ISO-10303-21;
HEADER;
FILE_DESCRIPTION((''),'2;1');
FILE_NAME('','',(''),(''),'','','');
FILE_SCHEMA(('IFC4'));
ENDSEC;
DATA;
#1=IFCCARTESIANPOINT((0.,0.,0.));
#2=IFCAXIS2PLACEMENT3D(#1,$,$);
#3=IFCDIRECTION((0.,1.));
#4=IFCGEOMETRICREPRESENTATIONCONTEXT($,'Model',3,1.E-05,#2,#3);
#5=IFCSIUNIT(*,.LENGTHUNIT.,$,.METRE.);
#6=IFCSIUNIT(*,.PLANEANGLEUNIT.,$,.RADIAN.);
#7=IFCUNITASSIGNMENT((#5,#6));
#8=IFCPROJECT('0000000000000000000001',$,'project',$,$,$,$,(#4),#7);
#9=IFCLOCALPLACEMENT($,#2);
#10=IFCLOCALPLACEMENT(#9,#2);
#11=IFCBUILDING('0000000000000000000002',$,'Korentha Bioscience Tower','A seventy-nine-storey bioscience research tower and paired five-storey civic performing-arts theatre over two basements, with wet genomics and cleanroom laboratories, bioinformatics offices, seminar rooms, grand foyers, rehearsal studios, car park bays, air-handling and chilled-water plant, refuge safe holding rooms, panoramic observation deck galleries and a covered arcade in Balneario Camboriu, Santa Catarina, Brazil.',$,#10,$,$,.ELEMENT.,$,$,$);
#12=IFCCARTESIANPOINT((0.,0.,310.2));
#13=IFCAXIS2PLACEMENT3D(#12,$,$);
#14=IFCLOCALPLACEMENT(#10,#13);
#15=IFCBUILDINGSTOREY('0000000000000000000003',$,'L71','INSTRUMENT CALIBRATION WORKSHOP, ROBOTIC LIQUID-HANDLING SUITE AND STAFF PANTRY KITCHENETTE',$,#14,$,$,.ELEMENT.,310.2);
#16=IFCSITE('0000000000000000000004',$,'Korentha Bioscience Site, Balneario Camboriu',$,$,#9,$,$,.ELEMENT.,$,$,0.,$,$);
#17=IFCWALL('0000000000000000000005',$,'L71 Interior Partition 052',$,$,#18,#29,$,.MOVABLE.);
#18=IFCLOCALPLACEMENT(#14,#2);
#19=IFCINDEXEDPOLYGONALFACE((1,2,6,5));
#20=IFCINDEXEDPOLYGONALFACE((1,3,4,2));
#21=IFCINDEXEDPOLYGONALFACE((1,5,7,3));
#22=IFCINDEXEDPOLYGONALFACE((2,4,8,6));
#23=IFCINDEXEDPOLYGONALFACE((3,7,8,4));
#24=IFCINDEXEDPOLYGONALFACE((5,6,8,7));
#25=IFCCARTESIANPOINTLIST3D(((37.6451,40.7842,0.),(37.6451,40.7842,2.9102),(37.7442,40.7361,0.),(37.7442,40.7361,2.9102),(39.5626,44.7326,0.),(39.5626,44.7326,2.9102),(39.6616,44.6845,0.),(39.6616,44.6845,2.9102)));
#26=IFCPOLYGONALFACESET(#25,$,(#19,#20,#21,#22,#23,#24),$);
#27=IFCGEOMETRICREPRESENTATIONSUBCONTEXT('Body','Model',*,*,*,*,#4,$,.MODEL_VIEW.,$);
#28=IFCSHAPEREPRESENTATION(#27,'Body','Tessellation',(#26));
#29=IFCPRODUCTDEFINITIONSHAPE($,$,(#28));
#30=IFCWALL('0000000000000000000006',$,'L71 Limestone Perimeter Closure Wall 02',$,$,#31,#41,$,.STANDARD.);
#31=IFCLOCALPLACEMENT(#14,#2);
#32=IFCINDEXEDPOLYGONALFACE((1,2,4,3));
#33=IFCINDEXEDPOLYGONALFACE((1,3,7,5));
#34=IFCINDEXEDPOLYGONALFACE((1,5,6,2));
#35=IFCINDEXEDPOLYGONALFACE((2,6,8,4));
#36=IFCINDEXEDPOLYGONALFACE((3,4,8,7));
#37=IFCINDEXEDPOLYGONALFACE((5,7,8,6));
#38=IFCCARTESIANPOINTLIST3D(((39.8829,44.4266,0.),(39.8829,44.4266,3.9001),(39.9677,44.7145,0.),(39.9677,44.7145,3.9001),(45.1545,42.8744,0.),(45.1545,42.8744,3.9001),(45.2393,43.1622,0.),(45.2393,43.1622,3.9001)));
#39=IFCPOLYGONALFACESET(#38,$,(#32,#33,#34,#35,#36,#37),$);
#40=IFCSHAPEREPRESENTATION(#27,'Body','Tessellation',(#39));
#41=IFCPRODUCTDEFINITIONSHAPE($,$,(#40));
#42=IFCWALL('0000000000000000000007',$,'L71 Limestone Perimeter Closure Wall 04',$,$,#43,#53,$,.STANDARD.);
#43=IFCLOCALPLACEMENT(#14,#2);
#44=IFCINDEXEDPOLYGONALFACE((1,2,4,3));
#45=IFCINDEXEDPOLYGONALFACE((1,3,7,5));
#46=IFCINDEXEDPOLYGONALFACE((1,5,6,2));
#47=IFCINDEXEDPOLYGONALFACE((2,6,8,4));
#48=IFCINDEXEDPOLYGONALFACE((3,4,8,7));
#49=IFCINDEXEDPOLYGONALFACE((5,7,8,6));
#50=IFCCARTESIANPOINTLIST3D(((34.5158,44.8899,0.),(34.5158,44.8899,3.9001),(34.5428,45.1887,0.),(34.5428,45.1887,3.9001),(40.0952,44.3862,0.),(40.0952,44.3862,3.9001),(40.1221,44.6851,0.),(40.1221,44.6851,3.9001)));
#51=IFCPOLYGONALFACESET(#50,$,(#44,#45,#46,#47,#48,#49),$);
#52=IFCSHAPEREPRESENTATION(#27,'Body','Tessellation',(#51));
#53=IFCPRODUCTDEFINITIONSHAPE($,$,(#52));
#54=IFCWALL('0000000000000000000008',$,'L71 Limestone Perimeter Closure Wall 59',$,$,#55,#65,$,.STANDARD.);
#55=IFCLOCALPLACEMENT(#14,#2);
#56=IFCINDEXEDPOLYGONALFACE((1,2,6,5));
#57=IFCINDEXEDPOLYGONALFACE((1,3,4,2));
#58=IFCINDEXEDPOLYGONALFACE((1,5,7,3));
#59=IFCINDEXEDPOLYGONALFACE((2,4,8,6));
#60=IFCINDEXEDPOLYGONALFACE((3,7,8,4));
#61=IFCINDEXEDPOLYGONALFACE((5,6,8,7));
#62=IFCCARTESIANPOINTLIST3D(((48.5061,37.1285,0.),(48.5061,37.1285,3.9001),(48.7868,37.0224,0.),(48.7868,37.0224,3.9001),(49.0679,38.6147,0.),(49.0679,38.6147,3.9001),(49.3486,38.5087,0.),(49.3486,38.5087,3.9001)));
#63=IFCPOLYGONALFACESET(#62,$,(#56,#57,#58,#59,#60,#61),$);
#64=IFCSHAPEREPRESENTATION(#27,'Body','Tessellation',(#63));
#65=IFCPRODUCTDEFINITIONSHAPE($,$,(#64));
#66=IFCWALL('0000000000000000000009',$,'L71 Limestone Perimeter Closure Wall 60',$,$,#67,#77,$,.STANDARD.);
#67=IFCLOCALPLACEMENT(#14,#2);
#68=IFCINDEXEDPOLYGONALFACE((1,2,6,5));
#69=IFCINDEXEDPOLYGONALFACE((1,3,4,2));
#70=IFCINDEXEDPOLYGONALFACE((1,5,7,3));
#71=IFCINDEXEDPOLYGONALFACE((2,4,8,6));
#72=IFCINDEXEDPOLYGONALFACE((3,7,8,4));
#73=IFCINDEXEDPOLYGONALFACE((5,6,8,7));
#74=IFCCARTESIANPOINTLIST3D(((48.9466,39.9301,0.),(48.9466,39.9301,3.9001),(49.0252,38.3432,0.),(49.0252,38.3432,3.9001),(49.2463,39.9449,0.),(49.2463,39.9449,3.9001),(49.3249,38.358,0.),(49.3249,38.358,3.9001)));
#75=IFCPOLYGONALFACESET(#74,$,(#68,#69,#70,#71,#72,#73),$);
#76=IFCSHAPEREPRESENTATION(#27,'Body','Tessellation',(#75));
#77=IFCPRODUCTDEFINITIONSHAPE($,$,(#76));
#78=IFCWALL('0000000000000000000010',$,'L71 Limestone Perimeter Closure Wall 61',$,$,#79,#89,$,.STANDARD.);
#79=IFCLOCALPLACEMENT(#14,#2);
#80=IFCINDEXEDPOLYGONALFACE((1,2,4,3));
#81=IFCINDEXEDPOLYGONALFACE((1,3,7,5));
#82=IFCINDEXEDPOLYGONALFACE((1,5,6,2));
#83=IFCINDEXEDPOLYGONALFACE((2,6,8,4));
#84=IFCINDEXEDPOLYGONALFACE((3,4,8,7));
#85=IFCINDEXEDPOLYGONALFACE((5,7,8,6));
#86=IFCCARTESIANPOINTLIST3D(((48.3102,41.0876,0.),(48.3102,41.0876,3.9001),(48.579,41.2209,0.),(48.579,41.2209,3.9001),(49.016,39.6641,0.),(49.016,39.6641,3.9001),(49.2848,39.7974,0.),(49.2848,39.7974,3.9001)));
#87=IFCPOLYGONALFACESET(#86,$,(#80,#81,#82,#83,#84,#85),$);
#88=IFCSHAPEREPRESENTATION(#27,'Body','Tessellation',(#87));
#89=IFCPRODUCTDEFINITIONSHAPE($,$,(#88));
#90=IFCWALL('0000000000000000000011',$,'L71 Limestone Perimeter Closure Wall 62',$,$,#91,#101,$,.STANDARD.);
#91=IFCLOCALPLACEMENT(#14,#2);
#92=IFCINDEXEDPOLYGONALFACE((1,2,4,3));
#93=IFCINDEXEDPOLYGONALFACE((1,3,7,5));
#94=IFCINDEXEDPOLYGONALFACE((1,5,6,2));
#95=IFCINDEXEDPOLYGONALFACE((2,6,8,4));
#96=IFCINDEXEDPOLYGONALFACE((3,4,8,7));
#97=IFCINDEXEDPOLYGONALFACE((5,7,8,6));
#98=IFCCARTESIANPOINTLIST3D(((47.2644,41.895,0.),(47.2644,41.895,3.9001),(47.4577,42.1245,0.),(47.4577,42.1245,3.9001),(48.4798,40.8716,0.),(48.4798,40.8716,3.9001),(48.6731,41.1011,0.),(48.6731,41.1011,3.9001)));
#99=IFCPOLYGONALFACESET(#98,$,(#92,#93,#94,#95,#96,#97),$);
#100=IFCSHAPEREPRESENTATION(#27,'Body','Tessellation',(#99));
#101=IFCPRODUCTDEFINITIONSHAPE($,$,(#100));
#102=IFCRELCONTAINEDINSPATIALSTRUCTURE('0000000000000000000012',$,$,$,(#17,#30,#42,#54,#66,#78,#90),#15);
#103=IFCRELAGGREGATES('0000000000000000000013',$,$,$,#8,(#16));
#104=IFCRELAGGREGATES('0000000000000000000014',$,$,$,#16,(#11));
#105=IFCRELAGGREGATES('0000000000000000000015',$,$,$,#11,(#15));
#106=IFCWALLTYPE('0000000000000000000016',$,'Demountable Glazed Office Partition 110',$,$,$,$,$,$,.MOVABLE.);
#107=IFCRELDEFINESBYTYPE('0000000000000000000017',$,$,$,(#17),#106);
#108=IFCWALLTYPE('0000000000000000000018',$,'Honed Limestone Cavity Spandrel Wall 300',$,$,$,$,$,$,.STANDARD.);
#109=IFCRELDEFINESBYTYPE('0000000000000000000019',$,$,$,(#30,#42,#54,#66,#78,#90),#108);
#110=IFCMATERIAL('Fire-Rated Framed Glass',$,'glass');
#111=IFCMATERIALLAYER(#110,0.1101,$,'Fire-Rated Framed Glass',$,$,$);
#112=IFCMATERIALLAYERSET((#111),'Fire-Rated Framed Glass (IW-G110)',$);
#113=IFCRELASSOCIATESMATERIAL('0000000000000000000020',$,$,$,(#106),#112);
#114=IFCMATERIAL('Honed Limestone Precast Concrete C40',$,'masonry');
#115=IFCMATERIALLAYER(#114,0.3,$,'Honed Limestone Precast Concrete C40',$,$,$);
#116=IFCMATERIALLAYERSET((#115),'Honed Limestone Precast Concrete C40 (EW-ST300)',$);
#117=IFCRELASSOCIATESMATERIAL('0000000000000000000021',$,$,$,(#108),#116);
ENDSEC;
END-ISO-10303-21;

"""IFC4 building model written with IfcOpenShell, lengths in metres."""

from ifc_helpers import new_model, si_unit, direction, frame, frame_2d, origin, place, context, subcontext, project, spatial, rectangle, extrude, material, layer, layer_set, type_object, element, save


model = new_model("IFC4")

# Units and contexts
model_context = context("Model", 3, precision=1e-05, world=origin(), true_north=direction((0.0, 1.0)))
body_context = subcontext(model_context, "Body", "Model", "MODEL_VIEW")
ifc_project = project(units=[si_unit("LENGTHUNIT", "METRE"), si_unit("PLANEANGLEUNIT", "RADIAN")], contexts=[model_context])

# Site, building, storey
site_placement = place(None, origin())
site = spatial("IfcSite", under=ifc_project, at=site_placement, Name="Korentha Bioscience Site, Balneario Camboriu", CompositionType="ELEMENT", RefElevation=0.0)
building_placement = place(site_placement, origin())
building = spatial("IfcBuilding", under=site, at=building_placement, Name="Korentha Bioscience Tower", Description="A seventy-nine-storey bioscience research tower and paired five-storey civic performing-arts theatre over two basements, with wet genomics and cleanroom laboratories, bioinformatics offices, seminar rooms, grand foyers, rehearsal studios, car park bays, air-handling and chilled-water plant, refuge safe holding rooms, panoramic observation deck galleries and a covered arcade in Balneario Camboriu, Santa Catarina, Brazil.", CompositionType="ELEMENT")
storey_placement = place(building_placement, frame((0.0, 0.0, 310.2)))
storey = spatial("IfcBuildingStorey", under=building, at=storey_placement, Name="L71", Description="INSTRUMENT CALIBRATION WORKSHOP, ROBOTIC LIQUID-HANDLING SUITE AND STAFF PANTRY KITCHENETTE", CompositionType="ELEMENT", Elevation=310.2)

# Walls
ifc_material_1 = material(Name="Fire-Rated Framed Glass", Category="glass")
ifc_layer_1 = layer(ifc_material_1, 0.1101, Name="Fire-Rated Framed Glass")
ifc_layer_set_1 = layer_set([ifc_layer_1], Name="Fire-Rated Framed Glass (IW-G110)")
wall_type_1 = type_object("IfcWallType", Name="Demountable Glazed Office Partition 110", PredefinedType="MOVABLE", material=ifc_layer_set_1)
wall_1_placement = place(storey_placement, frame((37.6946, 40.76, 0.0), z_axis=(0.0, 0.0, 1.0), x_axis=(0.436838, 0.89954, 0.0)))
element("IfcWall", 1, at=wall_1_placement, inside=storey, type_object=wall_type_1, Name="L71 Interior Partition 052", PredefinedType="MOVABLE", context=body_context, shape_type="SweptSolid", body=[
    extrude(rectangle(XDim=4.3894, YDim=0.1101, at=frame_2d((2.1948, 0.0))), origin(), (0.0, 0.0, 1.0), 2.9102),
])
ifc_material_2 = material(Name="Honed Limestone Precast Concrete C40", Category="masonry")
ifc_layer_2 = layer(ifc_material_2, 0.3, Name="Honed Limestone Precast Concrete C40")
ifc_layer_set_2 = layer_set([ifc_layer_2], Name="Honed Limestone Precast Concrete C40 (EW-ST300)")
wall_type_2 = type_object("IfcWallType", Name="Honed Limestone Cavity Spandrel Wall 300", PredefinedType="STANDARD", material=ifc_layer_set_2)
wall_2_placement = place(storey_placement, frame((45.1968, 43.0183, 0.0), z_axis=(0.0, 0.0, 1.0), x_axis=(-0.959276, 0.282469, 0.0)))
element("IfcWall", 2, at=wall_2_placement, inside=storey, type_object=wall_type_2, Name="L71 Limestone Perimeter Closure Wall 02", PredefinedType="STANDARD", context=body_context, shape_type="SweptSolid", body=[
    extrude(rectangle(XDim=5.4954, YDim=0.3, at=frame_2d((2.7476, 0.0))), origin(), (0.0, 0.0, 1.0), 3.9001),
])
wall_3_placement = place(storey_placement, frame((40.1086, 44.5356, 0.0), z_axis=(0.0, 0.0, 1.0), x_axis=(-0.99595, 0.089907, 0.0)))
element("IfcWall", 3, at=wall_3_placement, inside=storey, type_object=wall_type_2, Name="L71 Limestone Perimeter Closure Wall 04", PredefinedType="STANDARD", context=body_context, shape_type="SweptSolid", body=[
    extrude(rectangle(XDim=5.6021, YDim=0.3, at=frame_2d((2.801, 0.0))), origin(), (0.0, 0.0, 1.0), 3.9001),
])
for number, where, z_axis, x_axis, name in (
    (4, (48.6465, 37.0754, 0.0), (0.0, 0.0, 1.0), (0.353547, 0.935417, 0.0), "L71 Limestone Perimeter Closure Wall 59"),
    (5, (49.175, 38.3506, 0.0), (0.0, 0.0, 1.0), (-0.049478, 0.998775, 0.0), "L71 Limestone Perimeter Closure Wall 60"),
    (6, (49.1504, 39.7307, 0.0), (0.0, 0.0, 1.0), (-0.4442, 0.895928, 0.0), "L71 Limestone Perimeter Closure Wall 61"),
    (7, (48.5764, 40.9863, 0.0), (0.0, 0.0, 1.0), (-0.764911, 0.644136, 0.0), "L71 Limestone Perimeter Closure Wall 62"),
):
    element("IfcWall", number, at=place(storey_placement, frame(where, z_axis=z_axis, x_axis=x_axis)), inside=storey, type_object=wall_type_2, Name=name, PredefinedType="STANDARD", context=body_context, shape_type="SweptSolid", body=[
        extrude(rectangle(XDim=1.5889, YDim=0.3, at=frame_2d((0.7944, 0.0))), origin(), (0.0, 0.0, 1.0), 3.9001),
    ])

save(model, "model.ifc")
